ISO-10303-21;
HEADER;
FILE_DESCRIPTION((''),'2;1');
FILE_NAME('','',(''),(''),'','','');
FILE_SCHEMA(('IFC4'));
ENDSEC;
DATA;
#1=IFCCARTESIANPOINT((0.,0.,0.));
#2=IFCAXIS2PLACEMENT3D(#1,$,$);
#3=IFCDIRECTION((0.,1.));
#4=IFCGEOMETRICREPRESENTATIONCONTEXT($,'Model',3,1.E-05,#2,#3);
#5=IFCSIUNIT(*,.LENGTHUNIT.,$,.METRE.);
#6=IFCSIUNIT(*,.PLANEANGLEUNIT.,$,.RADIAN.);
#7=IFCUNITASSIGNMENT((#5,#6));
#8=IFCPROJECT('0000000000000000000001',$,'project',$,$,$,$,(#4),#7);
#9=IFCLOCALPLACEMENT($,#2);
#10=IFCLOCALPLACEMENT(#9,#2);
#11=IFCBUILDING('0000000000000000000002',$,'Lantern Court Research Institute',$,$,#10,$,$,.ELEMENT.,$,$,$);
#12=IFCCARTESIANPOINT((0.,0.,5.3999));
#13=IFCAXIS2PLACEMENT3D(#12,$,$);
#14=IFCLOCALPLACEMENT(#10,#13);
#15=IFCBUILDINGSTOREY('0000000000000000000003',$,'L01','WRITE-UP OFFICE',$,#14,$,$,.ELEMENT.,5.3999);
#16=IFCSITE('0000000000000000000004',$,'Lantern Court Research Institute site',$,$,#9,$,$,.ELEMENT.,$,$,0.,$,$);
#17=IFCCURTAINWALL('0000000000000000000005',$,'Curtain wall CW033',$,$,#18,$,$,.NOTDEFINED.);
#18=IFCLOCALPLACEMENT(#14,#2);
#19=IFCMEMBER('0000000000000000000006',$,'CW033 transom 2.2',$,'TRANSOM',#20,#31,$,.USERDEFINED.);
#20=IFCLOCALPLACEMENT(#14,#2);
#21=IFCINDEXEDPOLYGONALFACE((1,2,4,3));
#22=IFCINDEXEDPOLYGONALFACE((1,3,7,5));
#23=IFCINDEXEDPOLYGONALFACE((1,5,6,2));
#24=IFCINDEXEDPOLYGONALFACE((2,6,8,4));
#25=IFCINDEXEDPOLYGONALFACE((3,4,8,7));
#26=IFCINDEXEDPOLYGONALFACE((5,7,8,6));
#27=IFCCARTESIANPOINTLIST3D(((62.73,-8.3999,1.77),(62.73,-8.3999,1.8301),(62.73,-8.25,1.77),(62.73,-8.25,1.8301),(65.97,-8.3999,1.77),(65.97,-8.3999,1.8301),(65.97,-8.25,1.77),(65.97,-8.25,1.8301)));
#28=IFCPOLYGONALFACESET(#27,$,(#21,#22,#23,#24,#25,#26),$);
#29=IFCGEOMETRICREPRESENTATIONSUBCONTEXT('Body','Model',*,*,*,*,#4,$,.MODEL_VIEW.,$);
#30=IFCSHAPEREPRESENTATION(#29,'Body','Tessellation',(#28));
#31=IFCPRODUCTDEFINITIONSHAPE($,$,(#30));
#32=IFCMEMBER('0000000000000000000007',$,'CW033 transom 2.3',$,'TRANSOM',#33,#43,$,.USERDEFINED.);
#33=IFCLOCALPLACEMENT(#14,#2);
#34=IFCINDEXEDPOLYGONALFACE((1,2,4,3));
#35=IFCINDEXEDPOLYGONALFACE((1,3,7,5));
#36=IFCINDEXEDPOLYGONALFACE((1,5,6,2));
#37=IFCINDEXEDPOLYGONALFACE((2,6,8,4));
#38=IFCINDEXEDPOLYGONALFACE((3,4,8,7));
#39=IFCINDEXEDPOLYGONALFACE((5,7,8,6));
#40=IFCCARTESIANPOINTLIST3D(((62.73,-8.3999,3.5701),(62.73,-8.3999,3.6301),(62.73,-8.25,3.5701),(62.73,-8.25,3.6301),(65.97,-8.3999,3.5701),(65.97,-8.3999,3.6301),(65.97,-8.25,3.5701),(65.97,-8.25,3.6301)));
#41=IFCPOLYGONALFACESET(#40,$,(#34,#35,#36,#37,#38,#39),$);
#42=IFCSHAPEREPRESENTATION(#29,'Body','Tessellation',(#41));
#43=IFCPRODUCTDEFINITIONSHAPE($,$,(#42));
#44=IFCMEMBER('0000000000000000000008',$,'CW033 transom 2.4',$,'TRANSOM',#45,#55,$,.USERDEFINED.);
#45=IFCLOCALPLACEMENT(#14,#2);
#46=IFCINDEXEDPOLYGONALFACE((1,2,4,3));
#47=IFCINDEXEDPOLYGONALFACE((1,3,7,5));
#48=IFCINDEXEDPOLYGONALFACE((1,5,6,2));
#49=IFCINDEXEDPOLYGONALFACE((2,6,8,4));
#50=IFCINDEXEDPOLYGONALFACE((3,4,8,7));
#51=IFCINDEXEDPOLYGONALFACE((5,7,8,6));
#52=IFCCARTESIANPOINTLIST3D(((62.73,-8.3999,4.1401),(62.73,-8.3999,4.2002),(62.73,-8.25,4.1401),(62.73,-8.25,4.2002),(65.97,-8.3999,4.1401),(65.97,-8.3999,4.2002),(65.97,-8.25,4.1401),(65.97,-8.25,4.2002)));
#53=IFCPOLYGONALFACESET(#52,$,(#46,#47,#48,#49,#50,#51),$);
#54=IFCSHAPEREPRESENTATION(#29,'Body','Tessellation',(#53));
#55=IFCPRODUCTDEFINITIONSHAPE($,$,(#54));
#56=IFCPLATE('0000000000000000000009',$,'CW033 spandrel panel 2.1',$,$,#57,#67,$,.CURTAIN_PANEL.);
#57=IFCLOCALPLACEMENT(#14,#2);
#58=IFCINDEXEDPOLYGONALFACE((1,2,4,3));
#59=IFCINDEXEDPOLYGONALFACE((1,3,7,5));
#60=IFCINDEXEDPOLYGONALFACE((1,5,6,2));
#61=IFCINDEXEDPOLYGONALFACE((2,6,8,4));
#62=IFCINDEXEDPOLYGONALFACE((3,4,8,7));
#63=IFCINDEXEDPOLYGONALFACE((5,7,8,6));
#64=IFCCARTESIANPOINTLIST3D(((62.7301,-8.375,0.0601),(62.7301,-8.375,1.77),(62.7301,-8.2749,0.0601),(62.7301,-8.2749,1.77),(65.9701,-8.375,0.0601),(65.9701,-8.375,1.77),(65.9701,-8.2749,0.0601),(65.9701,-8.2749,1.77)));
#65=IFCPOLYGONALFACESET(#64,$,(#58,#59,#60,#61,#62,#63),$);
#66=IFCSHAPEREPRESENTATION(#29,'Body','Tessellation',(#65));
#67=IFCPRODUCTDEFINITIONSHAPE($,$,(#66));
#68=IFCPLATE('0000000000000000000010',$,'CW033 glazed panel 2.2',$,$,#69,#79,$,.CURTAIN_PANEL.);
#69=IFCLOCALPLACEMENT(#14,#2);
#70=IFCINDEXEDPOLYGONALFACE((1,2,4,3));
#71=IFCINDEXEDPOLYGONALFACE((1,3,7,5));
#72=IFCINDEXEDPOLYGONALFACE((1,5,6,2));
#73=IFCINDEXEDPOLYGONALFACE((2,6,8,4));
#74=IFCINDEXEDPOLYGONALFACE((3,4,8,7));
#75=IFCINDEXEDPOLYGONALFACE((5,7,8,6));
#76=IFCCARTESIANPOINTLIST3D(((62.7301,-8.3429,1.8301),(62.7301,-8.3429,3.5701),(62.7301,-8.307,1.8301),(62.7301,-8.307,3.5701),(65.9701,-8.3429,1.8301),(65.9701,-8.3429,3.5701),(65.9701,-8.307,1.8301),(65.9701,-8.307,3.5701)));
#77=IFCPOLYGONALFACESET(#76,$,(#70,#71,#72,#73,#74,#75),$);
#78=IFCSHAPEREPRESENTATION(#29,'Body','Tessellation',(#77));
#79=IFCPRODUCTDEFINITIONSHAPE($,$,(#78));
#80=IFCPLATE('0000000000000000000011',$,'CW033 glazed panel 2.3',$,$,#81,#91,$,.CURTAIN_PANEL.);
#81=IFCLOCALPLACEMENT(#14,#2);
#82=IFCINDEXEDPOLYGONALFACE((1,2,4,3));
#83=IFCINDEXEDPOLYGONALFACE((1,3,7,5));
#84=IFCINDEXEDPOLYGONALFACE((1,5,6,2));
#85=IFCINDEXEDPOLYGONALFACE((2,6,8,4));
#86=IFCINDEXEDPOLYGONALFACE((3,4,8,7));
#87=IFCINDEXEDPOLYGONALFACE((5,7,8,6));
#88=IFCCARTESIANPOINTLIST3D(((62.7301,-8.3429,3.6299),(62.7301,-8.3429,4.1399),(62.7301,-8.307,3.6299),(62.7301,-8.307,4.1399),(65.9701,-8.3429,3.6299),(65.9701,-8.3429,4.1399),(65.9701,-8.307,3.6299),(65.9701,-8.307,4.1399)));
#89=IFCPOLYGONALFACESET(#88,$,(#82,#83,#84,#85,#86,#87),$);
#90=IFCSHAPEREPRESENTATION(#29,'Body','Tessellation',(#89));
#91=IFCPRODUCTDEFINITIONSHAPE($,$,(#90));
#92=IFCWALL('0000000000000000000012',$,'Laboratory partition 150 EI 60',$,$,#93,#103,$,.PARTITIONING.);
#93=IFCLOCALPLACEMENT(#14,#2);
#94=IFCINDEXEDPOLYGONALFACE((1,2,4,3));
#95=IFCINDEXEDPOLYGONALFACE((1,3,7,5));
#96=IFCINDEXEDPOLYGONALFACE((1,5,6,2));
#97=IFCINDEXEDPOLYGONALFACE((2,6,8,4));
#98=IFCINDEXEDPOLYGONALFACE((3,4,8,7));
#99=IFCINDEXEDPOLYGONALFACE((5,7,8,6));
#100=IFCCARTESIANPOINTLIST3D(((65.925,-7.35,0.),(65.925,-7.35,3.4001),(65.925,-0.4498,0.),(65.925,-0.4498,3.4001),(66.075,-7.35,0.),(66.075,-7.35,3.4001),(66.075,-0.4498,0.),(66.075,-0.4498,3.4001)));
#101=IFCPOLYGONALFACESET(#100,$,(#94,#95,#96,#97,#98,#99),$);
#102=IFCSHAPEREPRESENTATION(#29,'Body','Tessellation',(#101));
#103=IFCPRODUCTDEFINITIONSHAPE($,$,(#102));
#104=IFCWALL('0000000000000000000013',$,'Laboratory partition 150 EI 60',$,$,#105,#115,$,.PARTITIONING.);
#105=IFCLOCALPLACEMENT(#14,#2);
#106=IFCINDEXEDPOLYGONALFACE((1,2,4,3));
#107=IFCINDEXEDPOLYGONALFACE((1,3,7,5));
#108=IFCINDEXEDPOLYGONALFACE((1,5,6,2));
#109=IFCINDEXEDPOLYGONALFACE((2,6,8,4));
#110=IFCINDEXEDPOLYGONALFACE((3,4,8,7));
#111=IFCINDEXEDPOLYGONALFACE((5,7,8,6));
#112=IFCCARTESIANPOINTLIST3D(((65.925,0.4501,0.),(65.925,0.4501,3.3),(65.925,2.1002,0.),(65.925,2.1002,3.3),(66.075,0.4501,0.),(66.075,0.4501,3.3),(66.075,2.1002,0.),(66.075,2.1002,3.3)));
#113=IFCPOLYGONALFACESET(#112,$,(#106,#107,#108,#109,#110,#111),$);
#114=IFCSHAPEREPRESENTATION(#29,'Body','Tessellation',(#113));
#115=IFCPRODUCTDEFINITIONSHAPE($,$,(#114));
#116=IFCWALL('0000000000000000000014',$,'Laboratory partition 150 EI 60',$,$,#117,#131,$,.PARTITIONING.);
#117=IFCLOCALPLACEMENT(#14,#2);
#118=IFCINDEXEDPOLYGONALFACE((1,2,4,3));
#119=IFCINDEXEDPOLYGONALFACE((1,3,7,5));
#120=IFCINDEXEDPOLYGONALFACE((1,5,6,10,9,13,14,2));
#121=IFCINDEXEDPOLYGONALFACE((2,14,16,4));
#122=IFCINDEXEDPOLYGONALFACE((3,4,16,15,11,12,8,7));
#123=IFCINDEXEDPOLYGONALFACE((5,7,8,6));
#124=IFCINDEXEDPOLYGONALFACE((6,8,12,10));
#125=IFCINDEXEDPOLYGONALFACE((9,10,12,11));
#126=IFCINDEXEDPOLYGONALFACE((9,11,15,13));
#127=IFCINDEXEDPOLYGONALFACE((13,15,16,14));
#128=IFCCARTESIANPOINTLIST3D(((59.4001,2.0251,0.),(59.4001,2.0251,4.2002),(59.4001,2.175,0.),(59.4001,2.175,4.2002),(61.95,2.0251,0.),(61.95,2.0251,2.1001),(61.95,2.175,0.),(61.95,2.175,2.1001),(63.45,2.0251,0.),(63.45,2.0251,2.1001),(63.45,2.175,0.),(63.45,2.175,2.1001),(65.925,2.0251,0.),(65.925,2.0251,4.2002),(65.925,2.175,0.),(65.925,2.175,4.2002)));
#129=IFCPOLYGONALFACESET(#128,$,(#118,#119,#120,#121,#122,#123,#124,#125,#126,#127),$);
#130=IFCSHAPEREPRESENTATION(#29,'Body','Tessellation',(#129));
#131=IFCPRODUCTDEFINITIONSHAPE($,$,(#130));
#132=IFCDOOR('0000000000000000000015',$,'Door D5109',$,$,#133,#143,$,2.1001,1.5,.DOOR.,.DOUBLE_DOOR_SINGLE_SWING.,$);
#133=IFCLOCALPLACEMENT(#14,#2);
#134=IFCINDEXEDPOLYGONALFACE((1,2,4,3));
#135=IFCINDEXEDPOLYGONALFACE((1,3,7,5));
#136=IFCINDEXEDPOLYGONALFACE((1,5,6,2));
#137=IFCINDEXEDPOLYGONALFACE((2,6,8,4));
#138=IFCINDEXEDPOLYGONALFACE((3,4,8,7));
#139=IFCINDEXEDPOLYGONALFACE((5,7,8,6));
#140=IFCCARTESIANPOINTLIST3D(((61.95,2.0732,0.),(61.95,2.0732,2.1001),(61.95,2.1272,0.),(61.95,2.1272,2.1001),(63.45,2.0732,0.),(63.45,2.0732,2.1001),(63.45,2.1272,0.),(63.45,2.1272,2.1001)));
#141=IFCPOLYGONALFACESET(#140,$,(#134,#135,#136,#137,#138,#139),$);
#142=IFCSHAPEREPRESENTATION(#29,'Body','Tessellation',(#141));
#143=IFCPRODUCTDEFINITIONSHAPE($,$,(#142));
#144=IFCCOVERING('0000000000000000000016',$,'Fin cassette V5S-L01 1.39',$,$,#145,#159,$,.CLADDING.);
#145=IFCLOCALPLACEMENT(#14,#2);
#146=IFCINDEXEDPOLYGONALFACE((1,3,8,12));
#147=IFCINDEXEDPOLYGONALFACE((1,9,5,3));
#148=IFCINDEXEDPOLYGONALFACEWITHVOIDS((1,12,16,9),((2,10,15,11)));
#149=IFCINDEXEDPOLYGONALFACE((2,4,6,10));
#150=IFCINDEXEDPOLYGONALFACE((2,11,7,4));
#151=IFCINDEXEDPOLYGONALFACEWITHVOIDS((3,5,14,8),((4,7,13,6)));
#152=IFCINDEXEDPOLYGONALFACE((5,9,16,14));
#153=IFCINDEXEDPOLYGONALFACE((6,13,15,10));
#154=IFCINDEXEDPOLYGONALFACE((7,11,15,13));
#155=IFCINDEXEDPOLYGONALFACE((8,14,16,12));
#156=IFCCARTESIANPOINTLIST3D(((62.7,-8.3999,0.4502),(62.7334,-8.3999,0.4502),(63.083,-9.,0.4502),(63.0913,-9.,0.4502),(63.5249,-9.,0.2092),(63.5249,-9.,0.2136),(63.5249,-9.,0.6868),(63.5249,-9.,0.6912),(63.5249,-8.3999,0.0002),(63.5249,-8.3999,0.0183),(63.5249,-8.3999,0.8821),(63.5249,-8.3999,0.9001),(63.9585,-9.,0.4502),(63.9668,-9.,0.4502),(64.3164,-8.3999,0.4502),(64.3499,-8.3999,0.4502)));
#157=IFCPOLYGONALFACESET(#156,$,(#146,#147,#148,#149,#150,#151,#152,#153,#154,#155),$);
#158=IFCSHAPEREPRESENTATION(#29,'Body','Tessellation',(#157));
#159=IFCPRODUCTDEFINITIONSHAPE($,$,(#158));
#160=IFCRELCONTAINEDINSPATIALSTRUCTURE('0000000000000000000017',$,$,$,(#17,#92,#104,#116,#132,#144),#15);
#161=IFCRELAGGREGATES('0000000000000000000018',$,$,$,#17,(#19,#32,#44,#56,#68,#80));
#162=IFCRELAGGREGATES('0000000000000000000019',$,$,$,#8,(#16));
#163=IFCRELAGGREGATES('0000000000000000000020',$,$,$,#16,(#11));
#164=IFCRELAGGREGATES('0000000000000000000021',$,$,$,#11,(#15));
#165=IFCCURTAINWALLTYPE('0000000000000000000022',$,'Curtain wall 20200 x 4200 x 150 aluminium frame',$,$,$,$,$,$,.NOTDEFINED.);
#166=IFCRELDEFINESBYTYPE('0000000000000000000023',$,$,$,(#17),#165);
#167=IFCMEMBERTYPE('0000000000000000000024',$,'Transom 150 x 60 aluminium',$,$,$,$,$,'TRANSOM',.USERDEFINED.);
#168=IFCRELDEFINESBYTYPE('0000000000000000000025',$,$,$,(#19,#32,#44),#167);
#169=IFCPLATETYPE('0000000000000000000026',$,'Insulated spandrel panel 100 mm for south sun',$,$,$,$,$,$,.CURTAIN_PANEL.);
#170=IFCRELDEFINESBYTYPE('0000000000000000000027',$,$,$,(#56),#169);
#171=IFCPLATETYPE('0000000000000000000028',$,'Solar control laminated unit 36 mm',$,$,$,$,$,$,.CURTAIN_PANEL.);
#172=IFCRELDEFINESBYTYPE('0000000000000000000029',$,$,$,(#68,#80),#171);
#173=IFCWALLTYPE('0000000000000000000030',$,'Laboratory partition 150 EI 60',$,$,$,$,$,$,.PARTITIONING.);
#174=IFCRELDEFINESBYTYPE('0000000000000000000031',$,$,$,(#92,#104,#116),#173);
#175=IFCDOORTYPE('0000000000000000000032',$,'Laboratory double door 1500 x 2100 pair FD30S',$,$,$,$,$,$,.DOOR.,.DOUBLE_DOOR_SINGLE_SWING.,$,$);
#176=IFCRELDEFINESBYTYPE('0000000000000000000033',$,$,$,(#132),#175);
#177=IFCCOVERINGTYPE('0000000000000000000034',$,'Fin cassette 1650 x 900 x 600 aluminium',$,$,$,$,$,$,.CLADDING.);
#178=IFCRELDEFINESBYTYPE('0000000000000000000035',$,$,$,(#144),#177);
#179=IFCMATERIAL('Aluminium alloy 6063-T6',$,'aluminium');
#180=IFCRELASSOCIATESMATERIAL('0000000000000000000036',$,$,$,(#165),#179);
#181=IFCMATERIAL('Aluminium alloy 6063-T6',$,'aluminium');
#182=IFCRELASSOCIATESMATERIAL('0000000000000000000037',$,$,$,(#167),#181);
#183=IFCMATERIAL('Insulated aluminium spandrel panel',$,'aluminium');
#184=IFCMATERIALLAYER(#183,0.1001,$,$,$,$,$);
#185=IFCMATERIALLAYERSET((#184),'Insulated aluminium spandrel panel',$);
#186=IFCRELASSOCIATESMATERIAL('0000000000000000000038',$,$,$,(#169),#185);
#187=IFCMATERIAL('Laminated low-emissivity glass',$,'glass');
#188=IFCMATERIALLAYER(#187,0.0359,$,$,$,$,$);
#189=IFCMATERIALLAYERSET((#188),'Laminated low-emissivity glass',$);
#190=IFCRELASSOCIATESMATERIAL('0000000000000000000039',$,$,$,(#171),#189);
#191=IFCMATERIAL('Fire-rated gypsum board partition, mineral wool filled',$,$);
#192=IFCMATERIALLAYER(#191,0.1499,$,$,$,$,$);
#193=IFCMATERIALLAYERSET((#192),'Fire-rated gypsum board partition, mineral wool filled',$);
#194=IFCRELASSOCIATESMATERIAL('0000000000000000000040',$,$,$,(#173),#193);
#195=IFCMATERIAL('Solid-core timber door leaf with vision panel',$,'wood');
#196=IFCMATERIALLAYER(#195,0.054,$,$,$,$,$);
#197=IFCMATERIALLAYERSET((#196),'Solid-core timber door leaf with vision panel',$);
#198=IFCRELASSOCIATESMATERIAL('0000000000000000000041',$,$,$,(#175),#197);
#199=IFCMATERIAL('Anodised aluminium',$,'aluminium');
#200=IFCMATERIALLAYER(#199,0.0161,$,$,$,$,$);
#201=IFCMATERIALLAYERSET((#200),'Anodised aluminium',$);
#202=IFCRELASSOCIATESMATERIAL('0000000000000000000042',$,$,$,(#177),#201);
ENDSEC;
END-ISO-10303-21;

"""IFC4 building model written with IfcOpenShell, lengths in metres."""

from ifc_helpers import new_model, entity, si_unit, direction, frame, frame_2d, origin, origin_2d, place, context, subcontext, project, spatial, rectangle, extrude, material, layer, layer_set, material_profile, profile_set, type_object, element, fill, aggregate, save


model = new_model("IFC4")

# Units and contexts
model_context = context("Model", 3, precision=1e-05, world=origin(), true_north=direction((0.0, 1.0)))
body_context = subcontext(model_context, "Body", "Model", "MODEL_VIEW")
ifc_project = project(units=[si_unit("LENGTHUNIT", "METRE"), si_unit("PLANEANGLEUNIT", "RADIAN")], contexts=[model_context])

# Site, building, storey
site_placement = place(None, origin())
site = spatial("IfcSite", under=ifc_project, at=site_placement, Name="Lantern Court Research Institute site", CompositionType="ELEMENT", RefElevation=0.0)
building_placement = place(site_placement, origin())
building = spatial("IfcBuilding", under=site, at=building_placement, Name="Lantern Court Research Institute", CompositionType="ELEMENT")
storey_placement = place(building_placement, frame((0.0, 0.0, 5.3999)))
storey = spatial("IfcBuildingStorey", under=building, at=storey_placement, Name="L01", Description="WRITE-UP OFFICE", CompositionType="ELEMENT", Elevation=5.3999)

# Curtain wall
ifc_material_1 = material(Name="Aluminium alloy 6063-T6", Category="aluminium")
curtain_wall_type = type_object("IfcCurtainWallType", Name="Curtain wall 20200 x 4200 x 150 aluminium frame", PredefinedType="NOTDEFINED", material=ifc_material_1)
curtain_wall_placement = place(storey_placement, origin())
curtain_wall = element("IfcCurtainWall", 1, at=curtain_wall_placement, inside=storey, type_object=curtain_wall_type, Name="Curtain wall CW033", PredefinedType="NOTDEFINED")

# Members
ifc_material_2 = material(Name="Aluminium alloy 6063-T6", Category="aluminium")
ifc_material_profile_1 = material_profile(ifc_material_2, rectangle(XDim=0.1499, YDim=0.0601, at=origin_2d()), Name="Transom 150 x 60")
ifc_profile_set_1 = profile_set([ifc_material_profile_1], Name="Aluminium alloy 6063-T6")
member_type_1 = type_object("IfcMemberType", Name="Transom 150 x 60 aluminium", ElementType="TRANSOM", PredefinedType="USERDEFINED", material=ifc_profile_set_1)
member_1_placement = place(storey_placement, frame((65.97, -8.325, 1.8), z_axis=(-1.0, 0.0, 0.0), x_axis=(0.0, -1.0, 0.0)))
member_1 = element("IfcMember", 2, at=member_1_placement, type_object=member_type_1, Name="CW033 transom 2.2", ObjectType="TRANSOM", PredefinedType="USERDEFINED", context=body_context, shape_type="SweptSolid", body=[
    extrude(rectangle(XDim=0.1499, YDim=0.0601, at=origin_2d()), origin(), (0.0, 0.0, 1.0), 3.24),
])
member_2_placement = place(storey_placement, frame((65.97, -8.325, 3.6001), z_axis=(-1.0, 0.0, 0.0), x_axis=(0.0, -1.0, 0.0)))
member_2 = element("IfcMember", 3, at=member_2_placement, type_object=member_type_1, Name="CW033 transom 2.3", ObjectType="TRANSOM", PredefinedType="USERDEFINED", context=body_context, shape_type="SweptSolid", body=[
    extrude(rectangle(XDim=0.1499, YDim=0.0601, at=origin_2d()), origin(), (0.0, 0.0, 1.0), 3.24),
])
member_3_placement = place(storey_placement, frame((65.97, -8.325, 4.1702), z_axis=(-1.0, 0.0, 0.0), x_axis=(0.0, -1.0, 0.0)))
member_3 = element("IfcMember", 4, at=member_3_placement, type_object=member_type_1, Name="CW033 transom 2.4", ObjectType="TRANSOM", PredefinedType="USERDEFINED", context=body_context, shape_type="SweptSolid", body=[
    extrude(rectangle(XDim=0.1499, YDim=0.0601, at=origin_2d()), origin(), (0.0, 0.0, 1.0), 3.24),
])

# Plates
ifc_material_3 = material(Name="Insulated aluminium spandrel panel", Category="aluminium")
ifc_layer_1 = layer(ifc_material_3, 0.1001)
ifc_layer_set_1 = layer_set([ifc_layer_1], Name="Insulated aluminium spandrel panel")
plate_type_1 = type_object("IfcPlateType", Name="Insulated spandrel panel 100 mm for south sun", PredefinedType="CURTAIN_PANEL", material=ifc_layer_set_1)
plate_1_placement = place(storey_placement, frame((64.3501, -8.325, 0.0601), z_axis=(0.0, 0.0, 1.0), x_axis=(-1.0, 0.0, 0.0)))
plate_1 = element("IfcPlate", 5, at=plate_1_placement, type_object=plate_type_1, Name="CW033 spandrel panel 2.1", PredefinedType="CURTAIN_PANEL", context=body_context, shape_type="SweptSolid", body=[
    extrude(rectangle(XDim=3.24, YDim=0.1001, at=origin_2d()), origin(), (0.0, 0.0, 1.0), 1.71),
])
ifc_material_4 = material(Name="Laminated low-emissivity glass", Category="glass")
ifc_layer_2 = layer(ifc_material_4, 0.0359)
ifc_layer_set_2 = layer_set([ifc_layer_2], Name="Laminated low-emissivity glass")
plate_type_2 = type_object("IfcPlateType", Name="Solar control laminated unit 36 mm", PredefinedType="CURTAIN_PANEL", material=ifc_layer_set_2)
plate_2_placement = place(storey_placement, frame((64.3501, -8.325, 1.8301), z_axis=(0.0, 0.0, 1.0), x_axis=(-1.0, 0.0, 0.0)))
plate_2 = element("IfcPlate", 6, at=plate_2_placement, type_object=plate_type_2, Name="CW033 glazed panel 2.2", PredefinedType="CURTAIN_PANEL", context=body_context, shape_type="SweptSolid", body=[
    extrude(rectangle(XDim=3.24, YDim=0.0359, at=origin_2d()), origin(), (0.0, 0.0, 1.0), 1.74),
])
plate_3_placement = place(storey_placement, frame((64.3501, -8.325, 3.6299), z_axis=(0.0, 0.0, 1.0), x_axis=(-1.0, 0.0, 0.0)))
plate_3 = element("IfcPlate", 7, at=plate_3_placement, type_object=plate_type_2, Name="CW033 glazed panel 2.3", PredefinedType="CURTAIN_PANEL", context=body_context, shape_type="SweptSolid", body=[
    extrude(rectangle(XDim=3.24, YDim=0.0359, at=origin_2d()), origin(), (0.0, 0.0, 1.0), 0.51),
])
aggregate(curtain_wall, [member_1, member_2, member_3, plate_1, plate_2, plate_3])

# Walls
ifc_material_5 = material(Name="Fire-rated gypsum board partition, mineral wool filled")
ifc_layer_3 = layer(ifc_material_5, 0.1499)
ifc_layer_set_3 = layer_set([ifc_layer_3], Name="Fire-rated gypsum board partition, mineral wool filled")
wall_type = type_object("IfcWallType", Name="Laboratory partition 150 EI 60", PredefinedType="PARTITIONING", material=ifc_layer_set_3)
wall_1_placement = place(storey_placement, frame((66.0, -7.3501, 0.0), z_axis=(0.0, 0.0, 1.0), x_axis=(0.0, 1.0, 0.0)))
element("IfcWall", 8, at=wall_1_placement, inside=storey, type_object=wall_type, Name="Laboratory partition 150 EI 60", PredefinedType="PARTITIONING", context=body_context, shape_type="SweptSolid", body=[
    extrude(rectangle(XDim=6.9001, YDim=0.1499, at=frame_2d((3.4502, 0.0))), origin(), (0.0, 0.0, 1.0), 3.4001),
])
wall_2_placement = place(storey_placement, frame((66.0, 0.45, 0.0), z_axis=(0.0, 0.0, 1.0), x_axis=(0.0, 1.0, 0.0)))
element("IfcWall", 9, at=wall_2_placement, inside=storey, type_object=wall_type, Name="Laboratory partition 150 EI 60", PredefinedType="PARTITIONING", context=body_context, shape_type="SweptSolid", body=[
    extrude(rectangle(XDim=1.6501, YDim=0.1499, at=frame_2d((0.8252, 0.0))), origin(), (0.0, 0.0, 1.0), 3.3),
])

# Wall, opening, door
wall_3_placement = place(storey_placement, frame((65.925, 2.1001, 0.0), z_axis=(0.0, 0.0, 1.0), x_axis=(-1.0, 0.0, 0.0)))
wall_3 = element("IfcWall", 10, at=wall_3_placement, inside=storey, type_object=wall_type, Name="Laboratory partition 150 EI 60", PredefinedType="PARTITIONING", context=body_context, shape_type="SweptSolid", body=[
    extrude(rectangle(XDim=6.5249, YDim=0.1499, at=frame_2d((3.2625, 0.0))), origin(), (0.0, 0.0, 1.0), 4.2002),
])
opening_placement = place(wall_3_placement, frame((2.4751, 0.0, 0.0)))
opening = element("IfcOpeningElement", 11, at=opening_placement, cuts=wall_3, PredefinedType="OPENING", context=body_context, shape_type="SweptSolid", body=[
    extrude(rectangle(XDim=1.5, YDim=2.1001, at=frame_2d((0.75, 1.05))), frame((0.0, 0.085, 0.0), z_axis=(0.0, -1.0, 0.0), x_axis=(1.0, 0.0, 0.0)), (0.0, 0.0, 1.0), 0.1699),
])
ifc_material_6 = material(Name="Solid-core timber door leaf with vision panel", Category="wood")
ifc_layer_4 = layer(ifc_material_6, 0.054)
ifc_layer_set_4 = layer_set([ifc_layer_4], Name="Solid-core timber door leaf with vision panel")
door_type = type_object("IfcDoorType", Name="Laboratory double door 1500 x 2100 pair FD30S", OperationType="DOUBLE_DOOR_SINGLE_SWING", PredefinedType="DOOR", material=ifc_layer_set_4)
door_placement = place(opening_placement, origin())
door = element("IfcDoor", 12, at=door_placement, inside=storey, type_object=door_type, Name="Door D5109", OperationType="DOUBLE_DOOR_SINGLE_SWING", OverallHeight=2.1001, OverallWidth=1.5, PredefinedType="DOOR", context=body_context, shape_type="SweptSolid", body=[
    extrude(rectangle(XDim=1.5, YDim=2.1001, at=frame_2d((0.75, 1.05))), frame((0.0, 0.0269, 0.0), z_axis=(0.0, -1.0, 0.0), x_axis=(1.0, 0.0, 0.0)), (0.0, 0.0, 1.0), 0.054),
])
fill(opening, door)

# Covering
ifc_material_7 = material(Name="Anodised aluminium", Category="aluminium")
ifc_layer_5 = layer(ifc_material_7, 0.0161)
ifc_layer_set_5 = layer_set([ifc_layer_5], Name="Anodised aluminium")
covering_type = type_object("IfcCoveringType", Name="Fin cassette 1650 x 900 x 600 aluminium", PredefinedType="CLADDING", material=ifc_layer_set_5)
covering_1_placement = place(storey_placement, frame((63.5249, -8.3999, 0.4502), z_axis=(0.0, -1.0, 0.0), x_axis=(1.0, 0.0, 0.0)))
cartesian_point_1 = entity("IfcCartesianPoint", [0.825, 0.0])
cartesian_point_2 = entity("IfcCartesianPoint", [0.7915, 0.0])
cartesian_point_3 = entity("IfcCartesianPoint", [0.4419, 0.0])
cartesian_point_4 = entity("IfcCartesianPoint", [0.4336, 0.0])
element("IfcCovering", 13, at=covering_1_placement, inside=storey, type_object=covering_type, Name="Fin cassette V5S-L01 1.39", PredefinedType="CLADDING", context=body_context, shape_type="SweptSolid", body=[
    entity("IfcExtrudedAreaSolidTapered", entity("IfcArbitraryProfileDefWithVoids", "AREA", None, entity("IfcPolyline", [cartesian_point_1, entity("IfcCartesianPoint", [0.0, 0.45]), entity("IfcCartesianPoint", [-0.825, 0.0]), entity("IfcCartesianPoint", [0.0, -0.45]), cartesian_point_1]), [entity("IfcPolyline", [cartesian_point_2, entity("IfcCartesianPoint", [0.0, 0.4319]), entity("IfcCartesianPoint", [-0.7915, 0.0]), entity("IfcCartesianPoint", [0.0, -0.4319]), cartesian_point_2])]), entity("IfcAxis2Placement3D", entity("IfcCartesianPoint", [0.0, 0.0, 0.0])), entity("IfcDirection", [0.0, 0.0, 1.0]), 0.6001, entity("IfcArbitraryProfileDefWithVoids", "AREA", None, entity("IfcPolyline", [cartesian_point_3, entity("IfcCartesianPoint", [0.0, 0.241]), entity("IfcCartesianPoint", [-0.4419, 0.0]), entity("IfcCartesianPoint", [0.0, -0.241]), cartesian_point_3]), [entity("IfcPolyline", [cartesian_point_4, entity("IfcCartesianPoint", [0.0, 0.2366]), entity("IfcCartesianPoint", [-0.4336, 0.0]), entity("IfcCartesianPoint", [0.0, -0.2366]), cartesian_point_4])])),
])

save(model, "model.ifc")
